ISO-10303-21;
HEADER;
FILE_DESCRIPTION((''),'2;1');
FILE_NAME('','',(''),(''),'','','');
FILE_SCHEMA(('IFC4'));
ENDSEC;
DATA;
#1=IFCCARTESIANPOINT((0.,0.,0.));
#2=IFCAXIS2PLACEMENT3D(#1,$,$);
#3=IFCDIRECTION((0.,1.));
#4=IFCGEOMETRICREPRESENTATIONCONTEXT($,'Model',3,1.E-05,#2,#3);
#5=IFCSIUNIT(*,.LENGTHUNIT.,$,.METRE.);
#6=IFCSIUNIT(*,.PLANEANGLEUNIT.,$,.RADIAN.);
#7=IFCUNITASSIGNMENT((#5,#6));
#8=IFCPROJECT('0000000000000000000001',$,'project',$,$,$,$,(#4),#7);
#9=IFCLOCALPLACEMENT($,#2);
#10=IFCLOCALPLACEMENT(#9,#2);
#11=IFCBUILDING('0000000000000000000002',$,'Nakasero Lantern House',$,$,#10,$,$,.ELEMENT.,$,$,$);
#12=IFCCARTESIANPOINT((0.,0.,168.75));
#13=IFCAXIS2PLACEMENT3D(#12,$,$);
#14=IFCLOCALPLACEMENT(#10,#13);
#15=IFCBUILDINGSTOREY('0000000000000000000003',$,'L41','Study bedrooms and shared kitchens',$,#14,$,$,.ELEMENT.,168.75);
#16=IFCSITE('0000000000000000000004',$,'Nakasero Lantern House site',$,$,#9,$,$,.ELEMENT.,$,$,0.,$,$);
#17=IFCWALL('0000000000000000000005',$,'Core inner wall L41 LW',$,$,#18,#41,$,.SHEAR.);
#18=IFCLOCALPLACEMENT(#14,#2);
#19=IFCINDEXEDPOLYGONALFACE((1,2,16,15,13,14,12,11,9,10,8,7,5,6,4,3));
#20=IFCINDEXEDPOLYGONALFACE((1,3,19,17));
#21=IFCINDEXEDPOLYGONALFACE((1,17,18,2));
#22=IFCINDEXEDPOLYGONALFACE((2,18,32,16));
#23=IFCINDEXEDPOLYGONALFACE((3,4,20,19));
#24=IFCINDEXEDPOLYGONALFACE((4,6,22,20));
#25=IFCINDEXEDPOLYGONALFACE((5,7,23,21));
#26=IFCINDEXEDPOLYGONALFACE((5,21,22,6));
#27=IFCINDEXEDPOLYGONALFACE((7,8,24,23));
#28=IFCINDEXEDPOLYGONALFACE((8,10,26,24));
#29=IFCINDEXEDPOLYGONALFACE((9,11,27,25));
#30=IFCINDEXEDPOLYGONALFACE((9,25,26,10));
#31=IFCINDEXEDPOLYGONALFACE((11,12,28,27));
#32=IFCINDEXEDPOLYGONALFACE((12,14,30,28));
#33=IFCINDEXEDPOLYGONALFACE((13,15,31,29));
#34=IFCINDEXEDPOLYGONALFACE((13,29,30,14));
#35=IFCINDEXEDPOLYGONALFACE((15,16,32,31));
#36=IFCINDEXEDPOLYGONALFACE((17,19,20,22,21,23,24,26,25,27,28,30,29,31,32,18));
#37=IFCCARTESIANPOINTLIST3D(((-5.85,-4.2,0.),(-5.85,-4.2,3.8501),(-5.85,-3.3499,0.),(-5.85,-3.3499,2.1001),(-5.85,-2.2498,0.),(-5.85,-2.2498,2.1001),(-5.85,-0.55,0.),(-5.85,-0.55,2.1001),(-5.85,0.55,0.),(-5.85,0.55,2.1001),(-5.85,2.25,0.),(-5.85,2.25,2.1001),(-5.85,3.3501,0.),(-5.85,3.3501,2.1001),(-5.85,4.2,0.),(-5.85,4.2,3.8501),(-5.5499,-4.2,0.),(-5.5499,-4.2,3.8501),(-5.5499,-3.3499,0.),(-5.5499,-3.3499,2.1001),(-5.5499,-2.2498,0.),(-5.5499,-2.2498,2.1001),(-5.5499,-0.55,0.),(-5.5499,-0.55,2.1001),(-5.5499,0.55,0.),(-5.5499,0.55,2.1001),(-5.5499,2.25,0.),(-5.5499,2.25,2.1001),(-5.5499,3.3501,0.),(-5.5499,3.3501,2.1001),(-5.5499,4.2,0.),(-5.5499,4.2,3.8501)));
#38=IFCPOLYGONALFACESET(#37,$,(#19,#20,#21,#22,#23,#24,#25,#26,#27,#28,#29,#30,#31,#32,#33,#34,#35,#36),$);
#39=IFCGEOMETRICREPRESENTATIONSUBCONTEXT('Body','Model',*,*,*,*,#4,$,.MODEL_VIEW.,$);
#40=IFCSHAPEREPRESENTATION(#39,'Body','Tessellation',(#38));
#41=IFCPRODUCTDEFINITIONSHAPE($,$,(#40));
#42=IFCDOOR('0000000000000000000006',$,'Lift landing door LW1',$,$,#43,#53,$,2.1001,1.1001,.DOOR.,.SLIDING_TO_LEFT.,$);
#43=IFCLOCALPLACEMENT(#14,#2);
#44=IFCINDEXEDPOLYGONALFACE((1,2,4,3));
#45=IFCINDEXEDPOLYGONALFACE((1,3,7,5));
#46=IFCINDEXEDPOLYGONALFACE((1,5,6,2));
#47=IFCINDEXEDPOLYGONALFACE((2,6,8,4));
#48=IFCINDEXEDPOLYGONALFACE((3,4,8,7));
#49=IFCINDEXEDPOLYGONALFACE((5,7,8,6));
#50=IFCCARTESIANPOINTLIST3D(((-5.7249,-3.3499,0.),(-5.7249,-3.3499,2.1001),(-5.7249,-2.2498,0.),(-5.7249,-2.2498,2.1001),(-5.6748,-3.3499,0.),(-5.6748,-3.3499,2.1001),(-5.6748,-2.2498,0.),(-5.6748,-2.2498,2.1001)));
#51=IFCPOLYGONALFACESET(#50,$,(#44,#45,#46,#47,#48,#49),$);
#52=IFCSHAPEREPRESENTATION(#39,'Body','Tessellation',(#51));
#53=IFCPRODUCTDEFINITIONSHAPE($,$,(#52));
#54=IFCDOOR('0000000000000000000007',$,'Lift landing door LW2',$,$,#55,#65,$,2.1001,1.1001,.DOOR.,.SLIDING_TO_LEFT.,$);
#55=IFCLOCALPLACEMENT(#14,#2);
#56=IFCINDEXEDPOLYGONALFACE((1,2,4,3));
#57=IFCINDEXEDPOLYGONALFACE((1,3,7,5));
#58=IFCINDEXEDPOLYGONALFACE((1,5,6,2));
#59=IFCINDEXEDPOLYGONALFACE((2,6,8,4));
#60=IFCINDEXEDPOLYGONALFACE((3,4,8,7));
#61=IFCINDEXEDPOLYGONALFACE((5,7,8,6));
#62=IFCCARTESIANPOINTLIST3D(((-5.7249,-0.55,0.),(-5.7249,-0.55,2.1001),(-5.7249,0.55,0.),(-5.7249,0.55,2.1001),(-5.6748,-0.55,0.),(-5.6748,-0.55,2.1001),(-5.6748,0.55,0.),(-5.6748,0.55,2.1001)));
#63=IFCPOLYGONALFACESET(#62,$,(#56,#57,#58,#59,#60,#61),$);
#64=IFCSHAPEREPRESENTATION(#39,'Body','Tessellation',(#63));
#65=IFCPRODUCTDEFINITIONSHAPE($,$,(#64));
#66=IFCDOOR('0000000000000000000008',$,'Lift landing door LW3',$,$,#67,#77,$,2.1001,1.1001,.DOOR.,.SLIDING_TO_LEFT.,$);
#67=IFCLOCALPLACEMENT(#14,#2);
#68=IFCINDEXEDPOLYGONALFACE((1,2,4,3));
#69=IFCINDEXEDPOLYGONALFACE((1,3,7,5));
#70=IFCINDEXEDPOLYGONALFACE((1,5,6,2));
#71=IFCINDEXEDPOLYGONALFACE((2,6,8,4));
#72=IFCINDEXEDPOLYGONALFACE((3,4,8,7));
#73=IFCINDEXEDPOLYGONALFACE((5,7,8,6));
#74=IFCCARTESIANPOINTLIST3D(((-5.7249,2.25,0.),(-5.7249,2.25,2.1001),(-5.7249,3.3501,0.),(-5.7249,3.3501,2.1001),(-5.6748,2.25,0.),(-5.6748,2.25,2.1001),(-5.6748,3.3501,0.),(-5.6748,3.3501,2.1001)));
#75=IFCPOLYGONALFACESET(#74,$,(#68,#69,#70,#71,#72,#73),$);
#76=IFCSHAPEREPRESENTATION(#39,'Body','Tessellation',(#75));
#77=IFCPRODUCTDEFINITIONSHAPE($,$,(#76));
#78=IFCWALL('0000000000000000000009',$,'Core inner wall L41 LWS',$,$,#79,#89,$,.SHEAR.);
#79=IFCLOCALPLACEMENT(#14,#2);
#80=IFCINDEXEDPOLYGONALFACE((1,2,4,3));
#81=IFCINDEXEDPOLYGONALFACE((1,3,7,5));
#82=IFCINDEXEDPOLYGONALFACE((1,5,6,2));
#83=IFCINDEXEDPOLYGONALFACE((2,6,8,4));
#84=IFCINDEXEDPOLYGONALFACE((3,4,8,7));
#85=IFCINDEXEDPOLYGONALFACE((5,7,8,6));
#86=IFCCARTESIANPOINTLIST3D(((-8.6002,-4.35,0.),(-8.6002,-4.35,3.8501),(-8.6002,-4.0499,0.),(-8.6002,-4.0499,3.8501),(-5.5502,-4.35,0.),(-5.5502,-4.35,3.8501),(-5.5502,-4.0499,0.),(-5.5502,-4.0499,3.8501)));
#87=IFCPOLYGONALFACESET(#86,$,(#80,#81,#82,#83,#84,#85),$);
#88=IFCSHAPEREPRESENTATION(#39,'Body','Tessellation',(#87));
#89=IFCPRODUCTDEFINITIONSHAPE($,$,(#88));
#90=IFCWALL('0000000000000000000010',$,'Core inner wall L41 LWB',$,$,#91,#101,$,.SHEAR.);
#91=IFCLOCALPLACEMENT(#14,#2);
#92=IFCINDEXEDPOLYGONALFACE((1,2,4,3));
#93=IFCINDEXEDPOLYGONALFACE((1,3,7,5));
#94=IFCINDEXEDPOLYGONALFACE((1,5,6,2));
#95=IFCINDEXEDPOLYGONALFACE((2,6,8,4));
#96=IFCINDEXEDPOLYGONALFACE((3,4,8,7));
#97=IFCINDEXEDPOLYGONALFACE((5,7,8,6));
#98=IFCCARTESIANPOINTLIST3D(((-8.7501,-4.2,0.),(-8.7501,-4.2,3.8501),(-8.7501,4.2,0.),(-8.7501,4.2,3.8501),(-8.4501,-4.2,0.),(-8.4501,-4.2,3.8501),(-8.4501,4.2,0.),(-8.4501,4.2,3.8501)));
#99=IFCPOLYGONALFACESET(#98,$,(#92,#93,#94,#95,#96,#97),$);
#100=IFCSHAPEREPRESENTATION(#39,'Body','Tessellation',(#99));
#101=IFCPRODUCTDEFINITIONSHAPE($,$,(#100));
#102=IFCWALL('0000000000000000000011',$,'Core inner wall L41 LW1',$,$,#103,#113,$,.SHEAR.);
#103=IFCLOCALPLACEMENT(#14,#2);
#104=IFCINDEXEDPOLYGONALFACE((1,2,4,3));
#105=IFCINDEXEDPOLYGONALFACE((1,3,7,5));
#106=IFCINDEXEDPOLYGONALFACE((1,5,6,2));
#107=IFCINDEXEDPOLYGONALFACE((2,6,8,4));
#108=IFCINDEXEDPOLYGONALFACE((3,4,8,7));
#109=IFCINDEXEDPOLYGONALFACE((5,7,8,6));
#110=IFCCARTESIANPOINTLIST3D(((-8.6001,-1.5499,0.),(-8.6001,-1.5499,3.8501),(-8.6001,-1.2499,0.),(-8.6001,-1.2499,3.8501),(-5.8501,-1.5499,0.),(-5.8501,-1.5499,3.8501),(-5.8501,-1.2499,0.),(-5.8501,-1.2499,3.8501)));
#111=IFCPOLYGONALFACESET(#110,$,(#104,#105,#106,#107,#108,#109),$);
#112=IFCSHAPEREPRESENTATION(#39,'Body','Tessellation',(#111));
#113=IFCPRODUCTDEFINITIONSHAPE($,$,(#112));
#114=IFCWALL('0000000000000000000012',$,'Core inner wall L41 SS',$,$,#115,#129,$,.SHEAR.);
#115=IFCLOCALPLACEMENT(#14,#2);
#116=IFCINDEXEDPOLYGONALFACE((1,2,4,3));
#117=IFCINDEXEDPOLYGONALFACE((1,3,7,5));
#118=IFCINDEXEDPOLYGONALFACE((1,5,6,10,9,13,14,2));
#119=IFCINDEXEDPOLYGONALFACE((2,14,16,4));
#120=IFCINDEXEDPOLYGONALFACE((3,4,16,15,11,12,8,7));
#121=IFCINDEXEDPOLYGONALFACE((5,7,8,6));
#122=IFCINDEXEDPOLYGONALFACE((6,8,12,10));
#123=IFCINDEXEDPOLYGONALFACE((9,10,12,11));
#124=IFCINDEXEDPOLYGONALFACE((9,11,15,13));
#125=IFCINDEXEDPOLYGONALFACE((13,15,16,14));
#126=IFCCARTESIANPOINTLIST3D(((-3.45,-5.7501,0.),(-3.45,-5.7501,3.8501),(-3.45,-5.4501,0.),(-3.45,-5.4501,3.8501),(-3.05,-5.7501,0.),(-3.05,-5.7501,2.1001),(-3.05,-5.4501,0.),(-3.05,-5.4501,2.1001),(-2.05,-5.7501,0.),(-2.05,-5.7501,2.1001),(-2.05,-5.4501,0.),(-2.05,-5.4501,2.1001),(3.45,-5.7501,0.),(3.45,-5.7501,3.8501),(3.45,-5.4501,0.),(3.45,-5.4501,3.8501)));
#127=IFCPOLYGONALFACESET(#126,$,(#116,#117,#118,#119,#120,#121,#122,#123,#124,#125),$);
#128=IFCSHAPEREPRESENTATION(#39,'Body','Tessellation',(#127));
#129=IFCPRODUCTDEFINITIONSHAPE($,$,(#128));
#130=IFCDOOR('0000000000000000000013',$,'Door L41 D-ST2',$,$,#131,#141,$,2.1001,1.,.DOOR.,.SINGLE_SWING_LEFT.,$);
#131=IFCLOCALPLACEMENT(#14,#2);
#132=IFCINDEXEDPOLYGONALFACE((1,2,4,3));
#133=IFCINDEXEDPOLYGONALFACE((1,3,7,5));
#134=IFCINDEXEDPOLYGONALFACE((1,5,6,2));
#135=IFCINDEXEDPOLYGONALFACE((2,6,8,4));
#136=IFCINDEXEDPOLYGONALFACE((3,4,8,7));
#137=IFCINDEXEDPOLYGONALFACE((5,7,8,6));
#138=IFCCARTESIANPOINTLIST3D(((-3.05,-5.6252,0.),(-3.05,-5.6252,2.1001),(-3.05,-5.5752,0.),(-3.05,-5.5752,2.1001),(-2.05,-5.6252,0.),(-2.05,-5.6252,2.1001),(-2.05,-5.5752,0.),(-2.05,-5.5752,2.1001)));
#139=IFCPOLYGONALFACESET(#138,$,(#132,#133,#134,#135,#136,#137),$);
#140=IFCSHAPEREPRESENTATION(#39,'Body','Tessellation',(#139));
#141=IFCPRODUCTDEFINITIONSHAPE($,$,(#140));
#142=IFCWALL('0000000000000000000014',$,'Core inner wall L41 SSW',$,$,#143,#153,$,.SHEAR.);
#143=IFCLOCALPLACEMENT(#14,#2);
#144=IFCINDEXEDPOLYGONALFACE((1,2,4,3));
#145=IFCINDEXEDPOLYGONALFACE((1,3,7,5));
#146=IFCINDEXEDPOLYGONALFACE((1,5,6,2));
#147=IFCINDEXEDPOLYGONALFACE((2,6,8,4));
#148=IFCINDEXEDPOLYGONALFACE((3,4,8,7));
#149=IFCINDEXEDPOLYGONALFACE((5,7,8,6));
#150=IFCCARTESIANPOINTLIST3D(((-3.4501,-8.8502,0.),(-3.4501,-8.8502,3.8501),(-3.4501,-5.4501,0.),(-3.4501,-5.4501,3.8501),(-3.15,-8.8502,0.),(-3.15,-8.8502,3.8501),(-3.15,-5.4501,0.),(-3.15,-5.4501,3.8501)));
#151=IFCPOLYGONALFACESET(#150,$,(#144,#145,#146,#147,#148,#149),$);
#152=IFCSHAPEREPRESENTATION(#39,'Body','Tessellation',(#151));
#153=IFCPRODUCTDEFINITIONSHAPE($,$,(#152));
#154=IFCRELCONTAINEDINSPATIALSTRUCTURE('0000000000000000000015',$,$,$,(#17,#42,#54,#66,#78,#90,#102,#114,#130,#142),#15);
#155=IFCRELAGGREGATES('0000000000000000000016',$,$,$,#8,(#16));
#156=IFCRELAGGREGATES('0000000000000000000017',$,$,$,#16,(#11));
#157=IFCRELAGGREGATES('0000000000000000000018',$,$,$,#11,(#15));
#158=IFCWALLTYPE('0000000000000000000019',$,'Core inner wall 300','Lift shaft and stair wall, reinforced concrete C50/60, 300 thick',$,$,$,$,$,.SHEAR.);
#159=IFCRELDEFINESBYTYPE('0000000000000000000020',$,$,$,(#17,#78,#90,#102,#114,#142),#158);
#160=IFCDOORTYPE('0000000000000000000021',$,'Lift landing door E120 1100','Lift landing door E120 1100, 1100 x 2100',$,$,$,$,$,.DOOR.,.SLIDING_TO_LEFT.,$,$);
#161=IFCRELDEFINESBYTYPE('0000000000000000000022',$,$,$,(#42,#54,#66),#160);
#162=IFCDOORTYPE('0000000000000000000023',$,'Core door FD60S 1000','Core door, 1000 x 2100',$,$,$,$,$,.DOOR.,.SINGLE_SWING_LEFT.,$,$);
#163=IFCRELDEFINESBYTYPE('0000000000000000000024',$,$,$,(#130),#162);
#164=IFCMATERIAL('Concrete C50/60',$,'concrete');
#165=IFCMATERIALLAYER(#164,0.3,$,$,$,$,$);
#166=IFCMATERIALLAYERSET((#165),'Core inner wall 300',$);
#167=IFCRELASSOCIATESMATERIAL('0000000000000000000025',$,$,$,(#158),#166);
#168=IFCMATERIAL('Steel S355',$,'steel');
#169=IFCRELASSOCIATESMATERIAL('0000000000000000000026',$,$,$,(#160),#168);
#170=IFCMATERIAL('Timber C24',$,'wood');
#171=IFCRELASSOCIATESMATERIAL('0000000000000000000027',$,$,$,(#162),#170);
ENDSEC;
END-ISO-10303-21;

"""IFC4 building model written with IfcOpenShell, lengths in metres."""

from ifc_helpers import new_model, si_unit, direction, frame, frame_2d, origin, place, context, subcontext, project, spatial, rectangle, extrude, material, layer, layer_set, type_object, element, fill, save


model = new_model("IFC4")

# Units and contexts
model_context = context("Model", 3, precision=1e-05, world=origin(), true_north=direction((0.0, 1.0)))
body_context = subcontext(model_context, "Body", "Model", "MODEL_VIEW")
ifc_project = project(units=[si_unit("LENGTHUNIT", "METRE"), si_unit("PLANEANGLEUNIT", "RADIAN")], contexts=[model_context])

# Site, building, storey
site_placement = place(None, origin())
site = spatial("IfcSite", under=ifc_project, at=site_placement, Name="Nakasero Lantern House site", CompositionType="ELEMENT", RefElevation=0.0)
building_placement = place(site_placement, origin())
building = spatial("IfcBuilding", under=site, at=building_placement, Name="Nakasero Lantern House", CompositionType="ELEMENT")
storey_placement = place(building_placement, frame((0.0, 0.0, 168.75)))
storey = spatial("IfcBuildingStorey", under=building, at=storey_placement, Name="L41", Description="Study bedrooms and shared kitchens", CompositionType="ELEMENT", Elevation=168.75)

# Wall, openings, doors
ifc_material_1 = material(Name="Concrete C50/60", Category="concrete")
ifc_layer_1 = layer(ifc_material_1, 0.3)
ifc_layer_set_1 = layer_set([ifc_layer_1], Name="Core inner wall 300")
wall_type_1 = type_object("IfcWallType", Name="Core inner wall 300", Description="Lift shaft and stair wall, reinforced concrete C50/60, 300 thick", PredefinedType="SHEAR", material=ifc_layer_set_1)
wall_1_placement = place(storey_placement, frame((-5.7, -4.2, 0.0), z_axis=(0.0, 0.0, 1.0), x_axis=(0.0, 1.0, 0.0)))
wall_1 = element("IfcWall", 1, at=wall_1_placement, inside=storey, type_object=wall_type_1, Name="Core inner wall L41 LW", PredefinedType="SHEAR", context=body_context, shape_type="SweptSolid", body=[
    extrude(rectangle(XDim=8.3999, YDim=0.3, at=frame_2d((4.2, 0.0))), origin(), (0.0, 0.0, 1.0), 3.8501),
])
opening_1_placement = place(wall_1_placement, frame((0.8501, 0.0, 0.0)))
opening_1 = element("IfcOpeningElement", 2, at=opening_1_placement, cuts=wall_1, PredefinedType="OPENING", context=body_context, shape_type="SweptSolid", body=[
    extrude(rectangle(XDim=1.1001, YDim=2.1001, at=frame_2d((0.55, 1.05))), frame((0.0, 0.1699, 0.0), z_axis=(0.0, -1.0, 0.0), x_axis=(1.0, 0.0, 0.0)), (0.0, 0.0, 1.0), 0.3401),
])
opening_2_placement = place(wall_1_placement, frame((3.6499, 0.0, 0.0)))
opening_2 = element("IfcOpeningElement", 3, at=opening_2_placement, cuts=wall_1, PredefinedType="OPENING", context=body_context, shape_type="SweptSolid", body=[
    extrude(rectangle(XDim=1.1001, YDim=2.1001, at=frame_2d((0.55, 1.05))), frame((0.0, 0.1699, 0.0), z_axis=(0.0, -1.0, 0.0), x_axis=(1.0, 0.0, 0.0)), (0.0, 0.0, 1.0), 0.3401),
])
opening_3_placement = place(wall_1_placement, frame((6.45, 0.0, 0.0)))
opening_3 = element("IfcOpeningElement", 4, at=opening_3_placement, cuts=wall_1, PredefinedType="OPENING", context=body_context, shape_type="SweptSolid", body=[
    extrude(rectangle(XDim=1.1001, YDim=2.1001, at=frame_2d((0.55, 1.05))), frame((0.0, 0.1699, 0.0), z_axis=(0.0, -1.0, 0.0), x_axis=(1.0, 0.0, 0.0)), (0.0, 0.0, 1.0), 0.3401),
])
ifc_material_2 = material(Name="Steel S355", Category="steel")
door_type_1 = type_object("IfcDoorType", Name="Lift landing door E120 1100", Description="Lift landing door E120 1100, 1100 x 2100", OperationType="SLIDING_TO_LEFT", PredefinedType="DOOR", material=ifc_material_2)
door_1_placement = place(opening_1_placement, origin())
door_1 = element("IfcDoor", 5, at=door_1_placement, inside=storey, type_object=door_type_1, Name="Lift landing door LW1", OperationType="SLIDING_TO_LEFT", OverallHeight=2.1001, OverallWidth=1.1001, PredefinedType="DOOR", context=body_context, shape_type="SweptSolid", body=[
    extrude(rectangle(XDim=1.1001, YDim=2.1001, at=frame_2d((0.55, 1.05))), frame((0.0, 0.0249, 0.0), z_axis=(0.0, -1.0, 0.0), x_axis=(1.0, 0.0, 0.0)), (0.0, 0.0, 1.0), 0.05),
])
fill(opening_1, door_1)
door_2_placement = place(opening_2_placement, origin())
door_2 = element("IfcDoor", 6, at=door_2_placement, inside=storey, type_object=door_type_1, Name="Lift landing door LW2", OperationType="SLIDING_TO_LEFT", OverallHeight=2.1001, OverallWidth=1.1001, PredefinedType="DOOR", context=body_context, shape_type="SweptSolid", body=[
    extrude(rectangle(XDim=1.1001, YDim=2.1001, at=frame_2d((0.55, 1.05))), frame((0.0, 0.0249, 0.0), z_axis=(0.0, -1.0, 0.0), x_axis=(1.0, 0.0, 0.0)), (0.0, 0.0, 1.0), 0.05),
])
fill(opening_2, door_2)
door_3_placement = place(opening_3_placement, origin())
door_3 = element("IfcDoor", 7, at=door_3_placement, inside=storey, type_object=door_type_1, Name="Lift landing door LW3", OperationType="SLIDING_TO_LEFT", OverallHeight=2.1001, OverallWidth=1.1001, PredefinedType="DOOR", context=body_context, shape_type="SweptSolid", body=[
    extrude(rectangle(XDim=1.1001, YDim=2.1001, at=frame_2d((0.55, 1.05))), frame((0.0, 0.0249, 0.0), z_axis=(0.0, -1.0, 0.0), x_axis=(1.0, 0.0, 0.0)), (0.0, 0.0, 1.0), 0.05),
])
fill(opening_3, door_3)

# Walls
wall_2_placement = place(storey_placement, frame((-8.6001, -4.2, 0.0), z_axis=(0.0, 0.0, 1.0), x_axis=(1.0, 0.0, 0.0)))
element("IfcWall", 8, at=wall_2_placement, inside=storey, type_object=wall_type_1, Name="Core inner wall L41 LWS", PredefinedType="SHEAR", context=body_context, shape_type="SweptSolid", body=[
    extrude(rectangle(XDim=3.05, YDim=0.3, at=frame_2d((1.5249, 0.0))), origin(), (0.0, 0.0, 1.0), 3.8501),
])
wall_3_placement = place(storey_placement, frame((-8.6001, -4.2, 0.0), z_axis=(0.0, 0.0, 1.0), x_axis=(0.0, 1.0, 0.0)))
element("IfcWall", 9, at=wall_3_placement, inside=storey, type_object=wall_type_1, Name="Core inner wall L41 LWB", PredefinedType="SHEAR", context=body_context, shape_type="SweptSolid", body=[
    extrude(rectangle(XDim=8.3999, YDim=0.3, at=frame_2d((4.2, 0.0))), origin(), (0.0, 0.0, 1.0), 3.8501),
])
wall_4_placement = place(storey_placement, frame((-8.6001, -1.3999, 0.0), z_axis=(0.0, 0.0, 1.0), x_axis=(1.0, 0.0, 0.0)))
element("IfcWall", 10, at=wall_4_placement, inside=storey, type_object=wall_type_1, Name="Core inner wall L41 LW1", PredefinedType="SHEAR", context=body_context, shape_type="SweptSolid", body=[
    extrude(rectangle(XDim=2.75, YDim=0.3, at=frame_2d((1.375, 0.0))), origin(), (0.0, 0.0, 1.0), 3.8501),
])

# Wall, opening, door
wall_5_placement = place(storey_placement, frame((-3.45, -5.6001, 0.0), z_axis=(0.0, 0.0, 1.0), x_axis=(1.0, 0.0, 0.0)))
wall_5 = element("IfcWall", 11, at=wall_5_placement, inside=storey, type_object=wall_type_1, Name="Core inner wall L41 SS", PredefinedType="SHEAR", context=body_context, shape_type="SweptSolid", body=[
    extrude(rectangle(XDim=6.8999, YDim=0.3, at=frame_2d((3.45, 0.0))), origin(), (0.0, 0.0, 1.0), 3.8501),
])
opening_4_placement = place(wall_5_placement, frame((0.3999, 0.0, 0.0)))
opening_4 = element("IfcOpeningElement", 12, at=opening_4_placement, cuts=wall_5, PredefinedType="OPENING", context=body_context, shape_type="SweptSolid", body=[
    extrude(rectangle(XDim=1.0, YDim=2.1001, at=frame_2d((0.5, 1.05))), frame((0.0, 0.1699, 0.0), z_axis=(0.0, -1.0, 0.0), x_axis=(1.0, 0.0, 0.0)), (0.0, 0.0, 1.0), 0.3401),
])
ifc_material_3 = material(Name="Timber C24", Category="wood")
door_type_2 = type_object("IfcDoorType", Name="Core door FD60S 1000", Description="Core door, 1000 x 2100", OperationType="SINGLE_SWING_LEFT", PredefinedType="DOOR", material=ifc_material_3)
door_4_placement = place(opening_4_placement, origin())
door_4 = element("IfcDoor", 13, at=door_4_placement, inside=storey, type_object=door_type_2, Name="Door L41 D-ST2", OperationType="SINGLE_SWING_LEFT", OverallHeight=2.1001, OverallWidth=1.0, PredefinedType="DOOR", context=body_context, shape_type="SweptSolid", body=[
    extrude(rectangle(XDim=1.0, YDim=2.1001, at=frame_2d((0.5, 1.05))), frame((0.0, 0.0249, 0.0), z_axis=(0.0, -1.0, 0.0), x_axis=(1.0, 0.0, 0.0)), (0.0, 0.0, 1.0), 0.05),
])
fill(opening_4, door_4)

# Wall
wall_6_placement = place(storey_placement, frame((-3.3, -5.45, 0.0), z_axis=(0.0, 0.0, 1.0), x_axis=(0.0, -1.0, 0.0)))
element("IfcWall", 14, at=wall_6_placement, inside=storey, type_object=wall_type_1, Name="Core inner wall L41 SSW", PredefinedType="SHEAR", context=body_context, shape_type="SweptSolid", body=[
    extrude(rectangle(XDim=3.4001, YDim=0.3, at=frame_2d((1.7002, 0.0))), origin(), (0.0, 0.0, 1.0), 3.8501),
])

save(model, "model.ifc")
